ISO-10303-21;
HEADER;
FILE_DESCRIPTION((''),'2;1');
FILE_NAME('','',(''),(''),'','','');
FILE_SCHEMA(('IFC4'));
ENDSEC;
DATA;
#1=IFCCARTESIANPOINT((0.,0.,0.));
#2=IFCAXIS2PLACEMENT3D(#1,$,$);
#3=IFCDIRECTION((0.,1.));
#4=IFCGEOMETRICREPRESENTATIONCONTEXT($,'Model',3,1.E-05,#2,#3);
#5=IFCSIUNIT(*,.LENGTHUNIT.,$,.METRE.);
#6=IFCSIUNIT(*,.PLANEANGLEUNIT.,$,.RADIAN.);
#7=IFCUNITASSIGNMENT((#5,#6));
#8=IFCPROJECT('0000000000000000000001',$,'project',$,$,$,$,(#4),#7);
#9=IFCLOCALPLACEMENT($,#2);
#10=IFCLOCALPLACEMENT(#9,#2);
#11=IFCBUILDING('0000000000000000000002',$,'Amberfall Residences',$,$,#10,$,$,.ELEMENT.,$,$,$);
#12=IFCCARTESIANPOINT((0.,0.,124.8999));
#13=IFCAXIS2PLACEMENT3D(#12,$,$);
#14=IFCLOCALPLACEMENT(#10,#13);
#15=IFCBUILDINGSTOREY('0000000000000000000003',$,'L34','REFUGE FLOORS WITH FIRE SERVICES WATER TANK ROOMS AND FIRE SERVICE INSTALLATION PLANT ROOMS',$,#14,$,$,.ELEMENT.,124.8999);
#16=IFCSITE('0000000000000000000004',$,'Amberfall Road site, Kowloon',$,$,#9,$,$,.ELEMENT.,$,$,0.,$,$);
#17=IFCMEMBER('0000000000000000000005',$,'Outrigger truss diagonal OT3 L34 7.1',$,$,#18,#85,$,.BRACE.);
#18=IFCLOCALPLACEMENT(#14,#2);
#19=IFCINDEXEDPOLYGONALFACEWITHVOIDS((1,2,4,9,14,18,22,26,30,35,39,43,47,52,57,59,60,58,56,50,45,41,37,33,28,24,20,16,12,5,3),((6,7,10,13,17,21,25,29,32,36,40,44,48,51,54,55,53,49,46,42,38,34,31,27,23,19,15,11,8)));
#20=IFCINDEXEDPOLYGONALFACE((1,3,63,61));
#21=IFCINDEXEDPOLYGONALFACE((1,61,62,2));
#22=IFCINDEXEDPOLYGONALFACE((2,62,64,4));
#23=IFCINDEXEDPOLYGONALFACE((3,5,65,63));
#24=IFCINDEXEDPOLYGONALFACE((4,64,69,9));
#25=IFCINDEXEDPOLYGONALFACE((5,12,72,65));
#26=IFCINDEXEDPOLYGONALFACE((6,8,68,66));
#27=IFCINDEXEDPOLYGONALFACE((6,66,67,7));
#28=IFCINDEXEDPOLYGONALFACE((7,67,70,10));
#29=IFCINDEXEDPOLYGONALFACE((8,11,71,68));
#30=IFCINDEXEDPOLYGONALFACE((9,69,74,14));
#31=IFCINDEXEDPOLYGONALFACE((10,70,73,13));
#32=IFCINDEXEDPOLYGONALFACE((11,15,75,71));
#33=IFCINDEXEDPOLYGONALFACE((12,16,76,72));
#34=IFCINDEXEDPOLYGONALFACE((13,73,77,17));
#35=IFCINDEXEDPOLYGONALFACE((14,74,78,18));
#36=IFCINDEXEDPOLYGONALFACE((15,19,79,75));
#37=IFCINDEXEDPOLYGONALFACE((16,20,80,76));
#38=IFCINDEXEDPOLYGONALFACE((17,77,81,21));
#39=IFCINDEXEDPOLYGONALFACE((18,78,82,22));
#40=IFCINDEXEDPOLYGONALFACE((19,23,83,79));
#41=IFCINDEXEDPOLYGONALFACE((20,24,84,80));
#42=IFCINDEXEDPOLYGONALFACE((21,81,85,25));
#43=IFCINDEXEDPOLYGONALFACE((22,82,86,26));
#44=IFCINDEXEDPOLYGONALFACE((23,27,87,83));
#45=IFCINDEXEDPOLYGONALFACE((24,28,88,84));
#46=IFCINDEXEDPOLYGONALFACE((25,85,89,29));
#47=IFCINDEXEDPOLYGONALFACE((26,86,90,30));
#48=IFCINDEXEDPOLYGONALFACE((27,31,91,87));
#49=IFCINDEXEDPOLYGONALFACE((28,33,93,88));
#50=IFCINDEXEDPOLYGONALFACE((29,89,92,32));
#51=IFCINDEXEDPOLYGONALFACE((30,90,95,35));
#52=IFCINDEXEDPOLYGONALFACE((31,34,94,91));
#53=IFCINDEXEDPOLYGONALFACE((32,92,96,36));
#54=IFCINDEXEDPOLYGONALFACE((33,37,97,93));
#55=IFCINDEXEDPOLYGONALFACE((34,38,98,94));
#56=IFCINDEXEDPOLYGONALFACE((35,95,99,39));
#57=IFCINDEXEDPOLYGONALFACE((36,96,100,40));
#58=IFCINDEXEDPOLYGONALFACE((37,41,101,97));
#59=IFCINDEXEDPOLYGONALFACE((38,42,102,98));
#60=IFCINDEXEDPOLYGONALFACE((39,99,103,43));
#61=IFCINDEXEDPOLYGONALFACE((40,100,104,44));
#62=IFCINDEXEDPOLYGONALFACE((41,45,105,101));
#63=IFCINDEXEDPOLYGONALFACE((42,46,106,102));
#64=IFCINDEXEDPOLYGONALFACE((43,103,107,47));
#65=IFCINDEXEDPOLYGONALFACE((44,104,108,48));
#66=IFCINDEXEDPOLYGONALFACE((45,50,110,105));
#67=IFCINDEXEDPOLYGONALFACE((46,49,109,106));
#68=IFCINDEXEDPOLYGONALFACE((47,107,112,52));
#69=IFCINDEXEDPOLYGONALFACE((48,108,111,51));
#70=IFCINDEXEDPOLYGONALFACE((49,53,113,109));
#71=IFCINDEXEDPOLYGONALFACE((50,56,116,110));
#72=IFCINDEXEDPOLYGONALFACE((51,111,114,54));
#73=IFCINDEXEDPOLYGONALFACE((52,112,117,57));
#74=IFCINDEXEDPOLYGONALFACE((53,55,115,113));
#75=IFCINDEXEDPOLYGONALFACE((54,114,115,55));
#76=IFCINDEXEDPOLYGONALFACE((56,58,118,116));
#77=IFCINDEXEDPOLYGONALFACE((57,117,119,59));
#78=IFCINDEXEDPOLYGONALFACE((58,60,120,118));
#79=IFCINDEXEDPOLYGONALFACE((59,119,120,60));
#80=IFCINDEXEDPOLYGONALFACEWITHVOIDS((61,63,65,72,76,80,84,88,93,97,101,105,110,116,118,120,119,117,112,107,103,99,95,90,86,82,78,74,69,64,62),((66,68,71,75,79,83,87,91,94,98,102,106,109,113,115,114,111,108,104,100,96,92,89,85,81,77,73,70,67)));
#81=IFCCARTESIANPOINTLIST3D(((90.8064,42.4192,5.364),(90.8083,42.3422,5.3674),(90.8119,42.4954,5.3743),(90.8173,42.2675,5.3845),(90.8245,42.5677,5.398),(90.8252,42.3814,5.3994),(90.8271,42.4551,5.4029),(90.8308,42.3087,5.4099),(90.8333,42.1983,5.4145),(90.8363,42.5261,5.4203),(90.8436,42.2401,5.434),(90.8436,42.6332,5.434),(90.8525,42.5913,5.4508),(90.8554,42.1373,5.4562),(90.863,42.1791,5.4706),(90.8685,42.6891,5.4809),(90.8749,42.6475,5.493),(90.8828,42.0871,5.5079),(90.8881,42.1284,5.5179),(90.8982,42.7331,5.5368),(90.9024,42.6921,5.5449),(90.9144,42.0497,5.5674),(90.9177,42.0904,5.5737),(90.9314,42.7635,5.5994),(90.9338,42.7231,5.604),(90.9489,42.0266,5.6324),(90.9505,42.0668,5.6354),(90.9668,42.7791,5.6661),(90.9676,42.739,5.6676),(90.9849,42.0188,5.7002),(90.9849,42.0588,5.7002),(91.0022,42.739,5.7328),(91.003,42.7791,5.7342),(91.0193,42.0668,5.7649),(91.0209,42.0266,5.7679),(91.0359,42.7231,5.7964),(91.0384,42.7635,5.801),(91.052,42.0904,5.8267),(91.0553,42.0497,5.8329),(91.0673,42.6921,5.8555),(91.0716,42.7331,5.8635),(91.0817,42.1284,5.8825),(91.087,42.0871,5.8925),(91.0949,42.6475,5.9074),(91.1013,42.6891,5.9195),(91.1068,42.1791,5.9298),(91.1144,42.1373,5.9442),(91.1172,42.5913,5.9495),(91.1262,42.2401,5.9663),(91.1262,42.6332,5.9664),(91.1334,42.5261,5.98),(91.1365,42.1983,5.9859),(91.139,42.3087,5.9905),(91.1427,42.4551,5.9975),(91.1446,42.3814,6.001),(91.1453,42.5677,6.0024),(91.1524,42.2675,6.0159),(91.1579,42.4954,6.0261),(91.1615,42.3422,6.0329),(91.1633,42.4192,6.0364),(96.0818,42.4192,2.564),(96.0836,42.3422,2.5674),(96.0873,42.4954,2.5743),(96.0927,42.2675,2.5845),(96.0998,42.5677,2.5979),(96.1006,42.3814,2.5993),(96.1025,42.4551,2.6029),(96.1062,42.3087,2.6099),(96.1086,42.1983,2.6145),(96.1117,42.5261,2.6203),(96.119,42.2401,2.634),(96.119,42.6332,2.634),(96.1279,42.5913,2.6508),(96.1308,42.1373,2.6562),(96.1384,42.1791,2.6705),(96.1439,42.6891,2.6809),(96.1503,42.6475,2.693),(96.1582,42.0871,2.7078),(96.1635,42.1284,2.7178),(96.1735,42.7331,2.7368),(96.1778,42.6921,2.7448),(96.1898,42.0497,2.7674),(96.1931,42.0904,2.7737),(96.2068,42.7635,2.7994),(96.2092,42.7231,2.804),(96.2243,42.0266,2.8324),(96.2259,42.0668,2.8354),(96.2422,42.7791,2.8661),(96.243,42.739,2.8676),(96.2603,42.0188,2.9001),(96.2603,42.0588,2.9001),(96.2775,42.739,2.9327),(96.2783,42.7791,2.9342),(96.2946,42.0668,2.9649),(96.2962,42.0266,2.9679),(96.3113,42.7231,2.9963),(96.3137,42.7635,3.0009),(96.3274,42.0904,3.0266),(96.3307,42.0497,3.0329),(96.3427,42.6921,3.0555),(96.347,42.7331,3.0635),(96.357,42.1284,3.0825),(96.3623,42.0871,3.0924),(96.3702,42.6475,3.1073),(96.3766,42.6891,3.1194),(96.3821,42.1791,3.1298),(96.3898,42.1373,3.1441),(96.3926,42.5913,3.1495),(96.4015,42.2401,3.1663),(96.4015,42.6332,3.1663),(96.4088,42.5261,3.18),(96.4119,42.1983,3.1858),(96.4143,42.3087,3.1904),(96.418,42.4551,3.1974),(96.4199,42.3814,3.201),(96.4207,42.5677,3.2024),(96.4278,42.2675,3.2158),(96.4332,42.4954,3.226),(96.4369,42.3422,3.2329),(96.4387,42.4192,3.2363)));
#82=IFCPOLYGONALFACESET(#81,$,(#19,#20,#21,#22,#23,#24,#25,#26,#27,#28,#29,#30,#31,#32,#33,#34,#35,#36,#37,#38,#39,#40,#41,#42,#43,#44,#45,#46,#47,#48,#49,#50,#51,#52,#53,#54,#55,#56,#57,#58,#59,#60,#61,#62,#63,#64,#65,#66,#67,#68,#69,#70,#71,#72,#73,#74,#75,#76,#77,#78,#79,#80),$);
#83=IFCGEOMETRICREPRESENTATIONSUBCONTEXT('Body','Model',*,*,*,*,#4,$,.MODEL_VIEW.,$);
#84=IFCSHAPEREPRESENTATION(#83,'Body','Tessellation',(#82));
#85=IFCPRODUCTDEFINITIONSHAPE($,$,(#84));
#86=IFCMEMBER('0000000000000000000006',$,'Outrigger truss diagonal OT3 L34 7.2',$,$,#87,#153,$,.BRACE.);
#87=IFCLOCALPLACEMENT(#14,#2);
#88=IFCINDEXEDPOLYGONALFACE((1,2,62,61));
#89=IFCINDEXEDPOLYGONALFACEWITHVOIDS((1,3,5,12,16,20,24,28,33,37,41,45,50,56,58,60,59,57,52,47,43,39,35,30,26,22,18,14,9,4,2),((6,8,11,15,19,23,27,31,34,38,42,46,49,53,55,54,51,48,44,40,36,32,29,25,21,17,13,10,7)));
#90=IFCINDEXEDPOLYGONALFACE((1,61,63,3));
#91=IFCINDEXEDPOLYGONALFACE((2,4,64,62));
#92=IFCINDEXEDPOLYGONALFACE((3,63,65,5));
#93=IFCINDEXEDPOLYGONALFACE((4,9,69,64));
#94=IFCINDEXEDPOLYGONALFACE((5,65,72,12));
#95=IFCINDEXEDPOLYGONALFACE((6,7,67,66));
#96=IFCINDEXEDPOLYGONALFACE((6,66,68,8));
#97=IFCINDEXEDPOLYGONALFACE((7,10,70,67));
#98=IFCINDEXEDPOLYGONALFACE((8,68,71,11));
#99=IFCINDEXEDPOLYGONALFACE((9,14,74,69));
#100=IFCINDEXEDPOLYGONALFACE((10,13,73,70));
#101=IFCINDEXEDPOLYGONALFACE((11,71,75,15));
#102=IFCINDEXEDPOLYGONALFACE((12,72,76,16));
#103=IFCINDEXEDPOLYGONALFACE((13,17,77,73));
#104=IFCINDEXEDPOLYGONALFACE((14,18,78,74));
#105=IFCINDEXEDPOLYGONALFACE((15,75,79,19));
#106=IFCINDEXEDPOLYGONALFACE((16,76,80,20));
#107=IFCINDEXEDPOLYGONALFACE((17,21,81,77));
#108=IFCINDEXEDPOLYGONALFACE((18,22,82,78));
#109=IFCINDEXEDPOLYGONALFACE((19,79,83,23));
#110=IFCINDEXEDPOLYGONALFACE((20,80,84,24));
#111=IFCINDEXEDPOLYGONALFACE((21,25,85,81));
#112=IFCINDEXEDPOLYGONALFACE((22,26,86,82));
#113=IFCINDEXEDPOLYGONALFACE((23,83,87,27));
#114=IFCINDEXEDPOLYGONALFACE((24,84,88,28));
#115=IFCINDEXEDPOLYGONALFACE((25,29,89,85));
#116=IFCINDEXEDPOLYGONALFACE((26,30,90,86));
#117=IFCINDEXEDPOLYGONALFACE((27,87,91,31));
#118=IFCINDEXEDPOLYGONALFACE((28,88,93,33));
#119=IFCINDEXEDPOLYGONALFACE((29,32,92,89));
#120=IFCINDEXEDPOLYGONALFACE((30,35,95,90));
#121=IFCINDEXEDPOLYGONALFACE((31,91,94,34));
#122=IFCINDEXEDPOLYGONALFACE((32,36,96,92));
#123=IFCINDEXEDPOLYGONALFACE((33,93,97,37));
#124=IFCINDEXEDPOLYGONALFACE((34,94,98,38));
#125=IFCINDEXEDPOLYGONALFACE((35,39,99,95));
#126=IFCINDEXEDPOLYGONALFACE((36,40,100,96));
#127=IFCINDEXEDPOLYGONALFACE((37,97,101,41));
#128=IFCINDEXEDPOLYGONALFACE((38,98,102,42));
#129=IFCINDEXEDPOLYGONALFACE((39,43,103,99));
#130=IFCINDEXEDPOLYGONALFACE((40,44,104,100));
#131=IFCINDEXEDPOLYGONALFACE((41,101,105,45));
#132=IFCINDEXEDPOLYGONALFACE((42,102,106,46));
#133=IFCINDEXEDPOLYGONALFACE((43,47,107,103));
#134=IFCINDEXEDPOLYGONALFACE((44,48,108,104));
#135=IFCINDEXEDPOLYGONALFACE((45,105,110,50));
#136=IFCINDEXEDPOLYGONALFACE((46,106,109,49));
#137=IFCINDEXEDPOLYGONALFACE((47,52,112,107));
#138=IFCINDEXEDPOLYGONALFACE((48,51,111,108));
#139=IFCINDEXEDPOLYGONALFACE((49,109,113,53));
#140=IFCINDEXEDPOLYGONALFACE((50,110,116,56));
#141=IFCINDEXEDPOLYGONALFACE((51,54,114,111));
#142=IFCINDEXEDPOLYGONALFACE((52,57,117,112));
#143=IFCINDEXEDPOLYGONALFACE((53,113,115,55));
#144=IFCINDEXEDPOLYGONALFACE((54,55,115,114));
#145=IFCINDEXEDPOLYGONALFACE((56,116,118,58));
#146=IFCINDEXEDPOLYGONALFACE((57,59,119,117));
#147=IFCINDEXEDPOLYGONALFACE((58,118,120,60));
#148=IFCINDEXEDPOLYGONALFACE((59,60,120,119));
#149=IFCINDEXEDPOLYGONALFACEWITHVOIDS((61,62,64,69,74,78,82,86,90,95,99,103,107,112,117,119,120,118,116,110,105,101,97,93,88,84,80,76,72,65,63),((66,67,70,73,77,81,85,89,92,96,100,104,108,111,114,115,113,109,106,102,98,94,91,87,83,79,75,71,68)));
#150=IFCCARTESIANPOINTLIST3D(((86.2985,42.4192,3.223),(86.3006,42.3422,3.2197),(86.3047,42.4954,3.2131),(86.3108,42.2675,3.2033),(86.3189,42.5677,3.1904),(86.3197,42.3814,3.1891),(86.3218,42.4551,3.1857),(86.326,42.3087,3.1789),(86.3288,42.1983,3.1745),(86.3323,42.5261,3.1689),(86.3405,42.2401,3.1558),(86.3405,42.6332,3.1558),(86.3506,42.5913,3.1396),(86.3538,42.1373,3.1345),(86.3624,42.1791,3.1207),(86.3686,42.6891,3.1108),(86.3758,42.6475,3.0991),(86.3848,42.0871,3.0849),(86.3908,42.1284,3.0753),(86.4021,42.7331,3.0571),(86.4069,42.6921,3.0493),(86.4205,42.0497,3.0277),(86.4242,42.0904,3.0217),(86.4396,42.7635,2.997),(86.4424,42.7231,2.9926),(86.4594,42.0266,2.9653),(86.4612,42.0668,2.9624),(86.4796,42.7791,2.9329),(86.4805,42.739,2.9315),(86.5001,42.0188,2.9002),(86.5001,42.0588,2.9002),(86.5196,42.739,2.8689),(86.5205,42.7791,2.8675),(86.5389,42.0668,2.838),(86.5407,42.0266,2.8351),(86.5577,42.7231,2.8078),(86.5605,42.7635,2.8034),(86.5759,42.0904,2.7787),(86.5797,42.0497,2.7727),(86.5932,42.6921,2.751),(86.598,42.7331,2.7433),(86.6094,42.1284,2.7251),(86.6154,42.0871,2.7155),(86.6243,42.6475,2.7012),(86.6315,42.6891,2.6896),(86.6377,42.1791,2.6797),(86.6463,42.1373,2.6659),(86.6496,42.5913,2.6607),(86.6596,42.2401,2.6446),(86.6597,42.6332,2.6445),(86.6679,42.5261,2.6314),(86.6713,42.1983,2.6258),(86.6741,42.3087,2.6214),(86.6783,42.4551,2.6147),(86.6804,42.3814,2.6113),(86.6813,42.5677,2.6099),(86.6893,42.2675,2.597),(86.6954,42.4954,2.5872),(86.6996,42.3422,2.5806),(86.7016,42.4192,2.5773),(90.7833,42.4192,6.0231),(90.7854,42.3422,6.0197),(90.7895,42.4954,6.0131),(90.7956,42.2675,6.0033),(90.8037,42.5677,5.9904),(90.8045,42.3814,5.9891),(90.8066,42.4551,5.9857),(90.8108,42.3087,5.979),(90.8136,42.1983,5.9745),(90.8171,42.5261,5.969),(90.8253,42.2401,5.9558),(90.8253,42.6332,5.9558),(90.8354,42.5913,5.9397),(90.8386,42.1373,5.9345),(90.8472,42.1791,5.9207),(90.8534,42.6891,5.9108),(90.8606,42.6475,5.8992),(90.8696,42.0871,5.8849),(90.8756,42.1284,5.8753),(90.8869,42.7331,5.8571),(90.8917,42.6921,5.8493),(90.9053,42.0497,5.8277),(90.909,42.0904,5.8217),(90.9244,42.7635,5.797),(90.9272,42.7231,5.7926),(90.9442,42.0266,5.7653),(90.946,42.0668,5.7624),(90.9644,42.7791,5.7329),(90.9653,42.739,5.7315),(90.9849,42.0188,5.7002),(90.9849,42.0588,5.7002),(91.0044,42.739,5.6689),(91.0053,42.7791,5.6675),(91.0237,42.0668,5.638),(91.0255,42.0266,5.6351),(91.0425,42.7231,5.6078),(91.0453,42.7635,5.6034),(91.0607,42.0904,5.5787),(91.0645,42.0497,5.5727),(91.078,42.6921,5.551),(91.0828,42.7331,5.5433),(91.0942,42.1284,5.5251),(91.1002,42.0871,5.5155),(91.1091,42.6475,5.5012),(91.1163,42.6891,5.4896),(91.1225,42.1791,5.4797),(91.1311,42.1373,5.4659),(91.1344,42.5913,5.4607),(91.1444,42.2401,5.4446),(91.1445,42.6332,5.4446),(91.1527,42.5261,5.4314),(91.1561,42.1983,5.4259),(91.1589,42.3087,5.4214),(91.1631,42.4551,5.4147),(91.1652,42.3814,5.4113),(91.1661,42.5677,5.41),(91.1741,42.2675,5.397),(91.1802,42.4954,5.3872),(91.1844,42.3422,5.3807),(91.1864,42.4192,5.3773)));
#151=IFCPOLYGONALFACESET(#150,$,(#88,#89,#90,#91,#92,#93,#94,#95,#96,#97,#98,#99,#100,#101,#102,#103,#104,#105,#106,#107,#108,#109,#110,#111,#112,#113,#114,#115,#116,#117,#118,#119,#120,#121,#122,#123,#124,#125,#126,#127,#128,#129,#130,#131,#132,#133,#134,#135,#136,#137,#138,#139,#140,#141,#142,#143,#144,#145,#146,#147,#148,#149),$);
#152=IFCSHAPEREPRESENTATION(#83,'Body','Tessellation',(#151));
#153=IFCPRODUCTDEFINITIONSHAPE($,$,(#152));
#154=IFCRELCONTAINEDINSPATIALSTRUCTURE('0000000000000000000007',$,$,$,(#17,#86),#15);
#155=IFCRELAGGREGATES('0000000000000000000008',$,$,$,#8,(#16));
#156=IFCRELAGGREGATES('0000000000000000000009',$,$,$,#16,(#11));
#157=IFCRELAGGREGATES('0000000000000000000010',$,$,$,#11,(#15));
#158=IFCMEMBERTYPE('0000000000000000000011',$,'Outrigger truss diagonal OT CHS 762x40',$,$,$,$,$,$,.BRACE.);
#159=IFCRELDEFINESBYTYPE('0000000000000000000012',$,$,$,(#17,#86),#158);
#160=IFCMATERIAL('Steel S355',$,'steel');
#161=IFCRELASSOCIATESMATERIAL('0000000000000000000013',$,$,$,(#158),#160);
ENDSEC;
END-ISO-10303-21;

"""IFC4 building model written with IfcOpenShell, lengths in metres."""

from ifc_helpers import new_model, si_unit, direction, frame, origin, origin_2d, place, context, subcontext, project, spatial, hollow_circle, extrude, material, material_profile, profile_set, type_object, element, save


model = new_model("IFC4")

# Units and contexts
model_context = context("Model", 3, precision=1e-05, world=origin(), true_north=direction((0.0, 1.0)))
body_context = subcontext(model_context, "Body", "Model", "MODEL_VIEW")
ifc_project = project(units=[si_unit("LENGTHUNIT", "METRE"), si_unit("PLANEANGLEUNIT", "RADIAN")], contexts=[model_context])

# Site, building, storey
site_placement = place(None, origin())
site = spatial("IfcSite", under=ifc_project, at=site_placement, Name="Amberfall Road site, Kowloon", CompositionType="ELEMENT", RefElevation=0.0)
building_placement = place(site_placement, origin())
building = spatial("IfcBuilding", under=site, at=building_placement, Name="Amberfall Residences", CompositionType="ELEMENT")
storey_placement = place(building_placement, frame((0.0, 0.0, 124.8999)))
storey = spatial("IfcBuildingStorey", under=building, at=storey_placement, Name="L34", Description="REFUGE FLOORS WITH FIRE SERVICES WATER TANK ROOMS AND FIRE SERVICE INSTALLATION PLANT ROOMS", CompositionType="ELEMENT", Elevation=124.8999)

# Shared definitions
ifc_material_1 = material(Name="Steel S355", Category="steel")

# Members
ifc_material_profile_1 = material_profile(ifc_material_1, hollow_circle(Radius=0.3811, WallThickness=0.04, at=origin_2d()), Name="CHS 762x40")
ifc_profile_set_1 = profile_set([ifc_material_profile_1], Name="Steel S355")
member_type_1 = type_object("IfcMemberType", Name="Outrigger truss diagonal OT CHS 762x40", PredefinedType="BRACE", material=ifc_profile_set_1)
member_1_placement = place(storey_placement, frame((96.2603, 42.3999, 2.9001), z_axis=(-0.883289, 0.0, 0.468828), x_axis=(0.0, -1.0, 0.0)))
element("IfcMember", 1, at=member_1_placement, inside=storey, type_object=member_type_1, Name="Outrigger truss diagonal OT3 L34 7.1", PredefinedType="BRACE", context=body_context, shape_type="SweptSolid", body=[
    extrude(hollow_circle(Radius=0.3811, WallThickness=0.04, at=origin_2d()), origin(), (0.0, 0.0, 1.0), 5.9724),
])
member_2_placement = place(storey_placement, frame((90.9849, 42.3999, 5.7002), z_axis=(-0.848252, 0.0, -0.529592), x_axis=(0.0, -1.0, 0.0)))
element("IfcMember", 2, at=member_2_placement, inside=storey, type_object=member_type_1, Name="Outrigger truss diagonal OT3 L34 7.2", PredefinedType="BRACE", context=body_context, shape_type="SweptSolid", body=[
    extrude(hollow_circle(Radius=0.3811, WallThickness=0.04, at=origin_2d()), origin(), (0.0, 0.0, 1.0), 5.2871),
])

save(model, "model.ifc")
